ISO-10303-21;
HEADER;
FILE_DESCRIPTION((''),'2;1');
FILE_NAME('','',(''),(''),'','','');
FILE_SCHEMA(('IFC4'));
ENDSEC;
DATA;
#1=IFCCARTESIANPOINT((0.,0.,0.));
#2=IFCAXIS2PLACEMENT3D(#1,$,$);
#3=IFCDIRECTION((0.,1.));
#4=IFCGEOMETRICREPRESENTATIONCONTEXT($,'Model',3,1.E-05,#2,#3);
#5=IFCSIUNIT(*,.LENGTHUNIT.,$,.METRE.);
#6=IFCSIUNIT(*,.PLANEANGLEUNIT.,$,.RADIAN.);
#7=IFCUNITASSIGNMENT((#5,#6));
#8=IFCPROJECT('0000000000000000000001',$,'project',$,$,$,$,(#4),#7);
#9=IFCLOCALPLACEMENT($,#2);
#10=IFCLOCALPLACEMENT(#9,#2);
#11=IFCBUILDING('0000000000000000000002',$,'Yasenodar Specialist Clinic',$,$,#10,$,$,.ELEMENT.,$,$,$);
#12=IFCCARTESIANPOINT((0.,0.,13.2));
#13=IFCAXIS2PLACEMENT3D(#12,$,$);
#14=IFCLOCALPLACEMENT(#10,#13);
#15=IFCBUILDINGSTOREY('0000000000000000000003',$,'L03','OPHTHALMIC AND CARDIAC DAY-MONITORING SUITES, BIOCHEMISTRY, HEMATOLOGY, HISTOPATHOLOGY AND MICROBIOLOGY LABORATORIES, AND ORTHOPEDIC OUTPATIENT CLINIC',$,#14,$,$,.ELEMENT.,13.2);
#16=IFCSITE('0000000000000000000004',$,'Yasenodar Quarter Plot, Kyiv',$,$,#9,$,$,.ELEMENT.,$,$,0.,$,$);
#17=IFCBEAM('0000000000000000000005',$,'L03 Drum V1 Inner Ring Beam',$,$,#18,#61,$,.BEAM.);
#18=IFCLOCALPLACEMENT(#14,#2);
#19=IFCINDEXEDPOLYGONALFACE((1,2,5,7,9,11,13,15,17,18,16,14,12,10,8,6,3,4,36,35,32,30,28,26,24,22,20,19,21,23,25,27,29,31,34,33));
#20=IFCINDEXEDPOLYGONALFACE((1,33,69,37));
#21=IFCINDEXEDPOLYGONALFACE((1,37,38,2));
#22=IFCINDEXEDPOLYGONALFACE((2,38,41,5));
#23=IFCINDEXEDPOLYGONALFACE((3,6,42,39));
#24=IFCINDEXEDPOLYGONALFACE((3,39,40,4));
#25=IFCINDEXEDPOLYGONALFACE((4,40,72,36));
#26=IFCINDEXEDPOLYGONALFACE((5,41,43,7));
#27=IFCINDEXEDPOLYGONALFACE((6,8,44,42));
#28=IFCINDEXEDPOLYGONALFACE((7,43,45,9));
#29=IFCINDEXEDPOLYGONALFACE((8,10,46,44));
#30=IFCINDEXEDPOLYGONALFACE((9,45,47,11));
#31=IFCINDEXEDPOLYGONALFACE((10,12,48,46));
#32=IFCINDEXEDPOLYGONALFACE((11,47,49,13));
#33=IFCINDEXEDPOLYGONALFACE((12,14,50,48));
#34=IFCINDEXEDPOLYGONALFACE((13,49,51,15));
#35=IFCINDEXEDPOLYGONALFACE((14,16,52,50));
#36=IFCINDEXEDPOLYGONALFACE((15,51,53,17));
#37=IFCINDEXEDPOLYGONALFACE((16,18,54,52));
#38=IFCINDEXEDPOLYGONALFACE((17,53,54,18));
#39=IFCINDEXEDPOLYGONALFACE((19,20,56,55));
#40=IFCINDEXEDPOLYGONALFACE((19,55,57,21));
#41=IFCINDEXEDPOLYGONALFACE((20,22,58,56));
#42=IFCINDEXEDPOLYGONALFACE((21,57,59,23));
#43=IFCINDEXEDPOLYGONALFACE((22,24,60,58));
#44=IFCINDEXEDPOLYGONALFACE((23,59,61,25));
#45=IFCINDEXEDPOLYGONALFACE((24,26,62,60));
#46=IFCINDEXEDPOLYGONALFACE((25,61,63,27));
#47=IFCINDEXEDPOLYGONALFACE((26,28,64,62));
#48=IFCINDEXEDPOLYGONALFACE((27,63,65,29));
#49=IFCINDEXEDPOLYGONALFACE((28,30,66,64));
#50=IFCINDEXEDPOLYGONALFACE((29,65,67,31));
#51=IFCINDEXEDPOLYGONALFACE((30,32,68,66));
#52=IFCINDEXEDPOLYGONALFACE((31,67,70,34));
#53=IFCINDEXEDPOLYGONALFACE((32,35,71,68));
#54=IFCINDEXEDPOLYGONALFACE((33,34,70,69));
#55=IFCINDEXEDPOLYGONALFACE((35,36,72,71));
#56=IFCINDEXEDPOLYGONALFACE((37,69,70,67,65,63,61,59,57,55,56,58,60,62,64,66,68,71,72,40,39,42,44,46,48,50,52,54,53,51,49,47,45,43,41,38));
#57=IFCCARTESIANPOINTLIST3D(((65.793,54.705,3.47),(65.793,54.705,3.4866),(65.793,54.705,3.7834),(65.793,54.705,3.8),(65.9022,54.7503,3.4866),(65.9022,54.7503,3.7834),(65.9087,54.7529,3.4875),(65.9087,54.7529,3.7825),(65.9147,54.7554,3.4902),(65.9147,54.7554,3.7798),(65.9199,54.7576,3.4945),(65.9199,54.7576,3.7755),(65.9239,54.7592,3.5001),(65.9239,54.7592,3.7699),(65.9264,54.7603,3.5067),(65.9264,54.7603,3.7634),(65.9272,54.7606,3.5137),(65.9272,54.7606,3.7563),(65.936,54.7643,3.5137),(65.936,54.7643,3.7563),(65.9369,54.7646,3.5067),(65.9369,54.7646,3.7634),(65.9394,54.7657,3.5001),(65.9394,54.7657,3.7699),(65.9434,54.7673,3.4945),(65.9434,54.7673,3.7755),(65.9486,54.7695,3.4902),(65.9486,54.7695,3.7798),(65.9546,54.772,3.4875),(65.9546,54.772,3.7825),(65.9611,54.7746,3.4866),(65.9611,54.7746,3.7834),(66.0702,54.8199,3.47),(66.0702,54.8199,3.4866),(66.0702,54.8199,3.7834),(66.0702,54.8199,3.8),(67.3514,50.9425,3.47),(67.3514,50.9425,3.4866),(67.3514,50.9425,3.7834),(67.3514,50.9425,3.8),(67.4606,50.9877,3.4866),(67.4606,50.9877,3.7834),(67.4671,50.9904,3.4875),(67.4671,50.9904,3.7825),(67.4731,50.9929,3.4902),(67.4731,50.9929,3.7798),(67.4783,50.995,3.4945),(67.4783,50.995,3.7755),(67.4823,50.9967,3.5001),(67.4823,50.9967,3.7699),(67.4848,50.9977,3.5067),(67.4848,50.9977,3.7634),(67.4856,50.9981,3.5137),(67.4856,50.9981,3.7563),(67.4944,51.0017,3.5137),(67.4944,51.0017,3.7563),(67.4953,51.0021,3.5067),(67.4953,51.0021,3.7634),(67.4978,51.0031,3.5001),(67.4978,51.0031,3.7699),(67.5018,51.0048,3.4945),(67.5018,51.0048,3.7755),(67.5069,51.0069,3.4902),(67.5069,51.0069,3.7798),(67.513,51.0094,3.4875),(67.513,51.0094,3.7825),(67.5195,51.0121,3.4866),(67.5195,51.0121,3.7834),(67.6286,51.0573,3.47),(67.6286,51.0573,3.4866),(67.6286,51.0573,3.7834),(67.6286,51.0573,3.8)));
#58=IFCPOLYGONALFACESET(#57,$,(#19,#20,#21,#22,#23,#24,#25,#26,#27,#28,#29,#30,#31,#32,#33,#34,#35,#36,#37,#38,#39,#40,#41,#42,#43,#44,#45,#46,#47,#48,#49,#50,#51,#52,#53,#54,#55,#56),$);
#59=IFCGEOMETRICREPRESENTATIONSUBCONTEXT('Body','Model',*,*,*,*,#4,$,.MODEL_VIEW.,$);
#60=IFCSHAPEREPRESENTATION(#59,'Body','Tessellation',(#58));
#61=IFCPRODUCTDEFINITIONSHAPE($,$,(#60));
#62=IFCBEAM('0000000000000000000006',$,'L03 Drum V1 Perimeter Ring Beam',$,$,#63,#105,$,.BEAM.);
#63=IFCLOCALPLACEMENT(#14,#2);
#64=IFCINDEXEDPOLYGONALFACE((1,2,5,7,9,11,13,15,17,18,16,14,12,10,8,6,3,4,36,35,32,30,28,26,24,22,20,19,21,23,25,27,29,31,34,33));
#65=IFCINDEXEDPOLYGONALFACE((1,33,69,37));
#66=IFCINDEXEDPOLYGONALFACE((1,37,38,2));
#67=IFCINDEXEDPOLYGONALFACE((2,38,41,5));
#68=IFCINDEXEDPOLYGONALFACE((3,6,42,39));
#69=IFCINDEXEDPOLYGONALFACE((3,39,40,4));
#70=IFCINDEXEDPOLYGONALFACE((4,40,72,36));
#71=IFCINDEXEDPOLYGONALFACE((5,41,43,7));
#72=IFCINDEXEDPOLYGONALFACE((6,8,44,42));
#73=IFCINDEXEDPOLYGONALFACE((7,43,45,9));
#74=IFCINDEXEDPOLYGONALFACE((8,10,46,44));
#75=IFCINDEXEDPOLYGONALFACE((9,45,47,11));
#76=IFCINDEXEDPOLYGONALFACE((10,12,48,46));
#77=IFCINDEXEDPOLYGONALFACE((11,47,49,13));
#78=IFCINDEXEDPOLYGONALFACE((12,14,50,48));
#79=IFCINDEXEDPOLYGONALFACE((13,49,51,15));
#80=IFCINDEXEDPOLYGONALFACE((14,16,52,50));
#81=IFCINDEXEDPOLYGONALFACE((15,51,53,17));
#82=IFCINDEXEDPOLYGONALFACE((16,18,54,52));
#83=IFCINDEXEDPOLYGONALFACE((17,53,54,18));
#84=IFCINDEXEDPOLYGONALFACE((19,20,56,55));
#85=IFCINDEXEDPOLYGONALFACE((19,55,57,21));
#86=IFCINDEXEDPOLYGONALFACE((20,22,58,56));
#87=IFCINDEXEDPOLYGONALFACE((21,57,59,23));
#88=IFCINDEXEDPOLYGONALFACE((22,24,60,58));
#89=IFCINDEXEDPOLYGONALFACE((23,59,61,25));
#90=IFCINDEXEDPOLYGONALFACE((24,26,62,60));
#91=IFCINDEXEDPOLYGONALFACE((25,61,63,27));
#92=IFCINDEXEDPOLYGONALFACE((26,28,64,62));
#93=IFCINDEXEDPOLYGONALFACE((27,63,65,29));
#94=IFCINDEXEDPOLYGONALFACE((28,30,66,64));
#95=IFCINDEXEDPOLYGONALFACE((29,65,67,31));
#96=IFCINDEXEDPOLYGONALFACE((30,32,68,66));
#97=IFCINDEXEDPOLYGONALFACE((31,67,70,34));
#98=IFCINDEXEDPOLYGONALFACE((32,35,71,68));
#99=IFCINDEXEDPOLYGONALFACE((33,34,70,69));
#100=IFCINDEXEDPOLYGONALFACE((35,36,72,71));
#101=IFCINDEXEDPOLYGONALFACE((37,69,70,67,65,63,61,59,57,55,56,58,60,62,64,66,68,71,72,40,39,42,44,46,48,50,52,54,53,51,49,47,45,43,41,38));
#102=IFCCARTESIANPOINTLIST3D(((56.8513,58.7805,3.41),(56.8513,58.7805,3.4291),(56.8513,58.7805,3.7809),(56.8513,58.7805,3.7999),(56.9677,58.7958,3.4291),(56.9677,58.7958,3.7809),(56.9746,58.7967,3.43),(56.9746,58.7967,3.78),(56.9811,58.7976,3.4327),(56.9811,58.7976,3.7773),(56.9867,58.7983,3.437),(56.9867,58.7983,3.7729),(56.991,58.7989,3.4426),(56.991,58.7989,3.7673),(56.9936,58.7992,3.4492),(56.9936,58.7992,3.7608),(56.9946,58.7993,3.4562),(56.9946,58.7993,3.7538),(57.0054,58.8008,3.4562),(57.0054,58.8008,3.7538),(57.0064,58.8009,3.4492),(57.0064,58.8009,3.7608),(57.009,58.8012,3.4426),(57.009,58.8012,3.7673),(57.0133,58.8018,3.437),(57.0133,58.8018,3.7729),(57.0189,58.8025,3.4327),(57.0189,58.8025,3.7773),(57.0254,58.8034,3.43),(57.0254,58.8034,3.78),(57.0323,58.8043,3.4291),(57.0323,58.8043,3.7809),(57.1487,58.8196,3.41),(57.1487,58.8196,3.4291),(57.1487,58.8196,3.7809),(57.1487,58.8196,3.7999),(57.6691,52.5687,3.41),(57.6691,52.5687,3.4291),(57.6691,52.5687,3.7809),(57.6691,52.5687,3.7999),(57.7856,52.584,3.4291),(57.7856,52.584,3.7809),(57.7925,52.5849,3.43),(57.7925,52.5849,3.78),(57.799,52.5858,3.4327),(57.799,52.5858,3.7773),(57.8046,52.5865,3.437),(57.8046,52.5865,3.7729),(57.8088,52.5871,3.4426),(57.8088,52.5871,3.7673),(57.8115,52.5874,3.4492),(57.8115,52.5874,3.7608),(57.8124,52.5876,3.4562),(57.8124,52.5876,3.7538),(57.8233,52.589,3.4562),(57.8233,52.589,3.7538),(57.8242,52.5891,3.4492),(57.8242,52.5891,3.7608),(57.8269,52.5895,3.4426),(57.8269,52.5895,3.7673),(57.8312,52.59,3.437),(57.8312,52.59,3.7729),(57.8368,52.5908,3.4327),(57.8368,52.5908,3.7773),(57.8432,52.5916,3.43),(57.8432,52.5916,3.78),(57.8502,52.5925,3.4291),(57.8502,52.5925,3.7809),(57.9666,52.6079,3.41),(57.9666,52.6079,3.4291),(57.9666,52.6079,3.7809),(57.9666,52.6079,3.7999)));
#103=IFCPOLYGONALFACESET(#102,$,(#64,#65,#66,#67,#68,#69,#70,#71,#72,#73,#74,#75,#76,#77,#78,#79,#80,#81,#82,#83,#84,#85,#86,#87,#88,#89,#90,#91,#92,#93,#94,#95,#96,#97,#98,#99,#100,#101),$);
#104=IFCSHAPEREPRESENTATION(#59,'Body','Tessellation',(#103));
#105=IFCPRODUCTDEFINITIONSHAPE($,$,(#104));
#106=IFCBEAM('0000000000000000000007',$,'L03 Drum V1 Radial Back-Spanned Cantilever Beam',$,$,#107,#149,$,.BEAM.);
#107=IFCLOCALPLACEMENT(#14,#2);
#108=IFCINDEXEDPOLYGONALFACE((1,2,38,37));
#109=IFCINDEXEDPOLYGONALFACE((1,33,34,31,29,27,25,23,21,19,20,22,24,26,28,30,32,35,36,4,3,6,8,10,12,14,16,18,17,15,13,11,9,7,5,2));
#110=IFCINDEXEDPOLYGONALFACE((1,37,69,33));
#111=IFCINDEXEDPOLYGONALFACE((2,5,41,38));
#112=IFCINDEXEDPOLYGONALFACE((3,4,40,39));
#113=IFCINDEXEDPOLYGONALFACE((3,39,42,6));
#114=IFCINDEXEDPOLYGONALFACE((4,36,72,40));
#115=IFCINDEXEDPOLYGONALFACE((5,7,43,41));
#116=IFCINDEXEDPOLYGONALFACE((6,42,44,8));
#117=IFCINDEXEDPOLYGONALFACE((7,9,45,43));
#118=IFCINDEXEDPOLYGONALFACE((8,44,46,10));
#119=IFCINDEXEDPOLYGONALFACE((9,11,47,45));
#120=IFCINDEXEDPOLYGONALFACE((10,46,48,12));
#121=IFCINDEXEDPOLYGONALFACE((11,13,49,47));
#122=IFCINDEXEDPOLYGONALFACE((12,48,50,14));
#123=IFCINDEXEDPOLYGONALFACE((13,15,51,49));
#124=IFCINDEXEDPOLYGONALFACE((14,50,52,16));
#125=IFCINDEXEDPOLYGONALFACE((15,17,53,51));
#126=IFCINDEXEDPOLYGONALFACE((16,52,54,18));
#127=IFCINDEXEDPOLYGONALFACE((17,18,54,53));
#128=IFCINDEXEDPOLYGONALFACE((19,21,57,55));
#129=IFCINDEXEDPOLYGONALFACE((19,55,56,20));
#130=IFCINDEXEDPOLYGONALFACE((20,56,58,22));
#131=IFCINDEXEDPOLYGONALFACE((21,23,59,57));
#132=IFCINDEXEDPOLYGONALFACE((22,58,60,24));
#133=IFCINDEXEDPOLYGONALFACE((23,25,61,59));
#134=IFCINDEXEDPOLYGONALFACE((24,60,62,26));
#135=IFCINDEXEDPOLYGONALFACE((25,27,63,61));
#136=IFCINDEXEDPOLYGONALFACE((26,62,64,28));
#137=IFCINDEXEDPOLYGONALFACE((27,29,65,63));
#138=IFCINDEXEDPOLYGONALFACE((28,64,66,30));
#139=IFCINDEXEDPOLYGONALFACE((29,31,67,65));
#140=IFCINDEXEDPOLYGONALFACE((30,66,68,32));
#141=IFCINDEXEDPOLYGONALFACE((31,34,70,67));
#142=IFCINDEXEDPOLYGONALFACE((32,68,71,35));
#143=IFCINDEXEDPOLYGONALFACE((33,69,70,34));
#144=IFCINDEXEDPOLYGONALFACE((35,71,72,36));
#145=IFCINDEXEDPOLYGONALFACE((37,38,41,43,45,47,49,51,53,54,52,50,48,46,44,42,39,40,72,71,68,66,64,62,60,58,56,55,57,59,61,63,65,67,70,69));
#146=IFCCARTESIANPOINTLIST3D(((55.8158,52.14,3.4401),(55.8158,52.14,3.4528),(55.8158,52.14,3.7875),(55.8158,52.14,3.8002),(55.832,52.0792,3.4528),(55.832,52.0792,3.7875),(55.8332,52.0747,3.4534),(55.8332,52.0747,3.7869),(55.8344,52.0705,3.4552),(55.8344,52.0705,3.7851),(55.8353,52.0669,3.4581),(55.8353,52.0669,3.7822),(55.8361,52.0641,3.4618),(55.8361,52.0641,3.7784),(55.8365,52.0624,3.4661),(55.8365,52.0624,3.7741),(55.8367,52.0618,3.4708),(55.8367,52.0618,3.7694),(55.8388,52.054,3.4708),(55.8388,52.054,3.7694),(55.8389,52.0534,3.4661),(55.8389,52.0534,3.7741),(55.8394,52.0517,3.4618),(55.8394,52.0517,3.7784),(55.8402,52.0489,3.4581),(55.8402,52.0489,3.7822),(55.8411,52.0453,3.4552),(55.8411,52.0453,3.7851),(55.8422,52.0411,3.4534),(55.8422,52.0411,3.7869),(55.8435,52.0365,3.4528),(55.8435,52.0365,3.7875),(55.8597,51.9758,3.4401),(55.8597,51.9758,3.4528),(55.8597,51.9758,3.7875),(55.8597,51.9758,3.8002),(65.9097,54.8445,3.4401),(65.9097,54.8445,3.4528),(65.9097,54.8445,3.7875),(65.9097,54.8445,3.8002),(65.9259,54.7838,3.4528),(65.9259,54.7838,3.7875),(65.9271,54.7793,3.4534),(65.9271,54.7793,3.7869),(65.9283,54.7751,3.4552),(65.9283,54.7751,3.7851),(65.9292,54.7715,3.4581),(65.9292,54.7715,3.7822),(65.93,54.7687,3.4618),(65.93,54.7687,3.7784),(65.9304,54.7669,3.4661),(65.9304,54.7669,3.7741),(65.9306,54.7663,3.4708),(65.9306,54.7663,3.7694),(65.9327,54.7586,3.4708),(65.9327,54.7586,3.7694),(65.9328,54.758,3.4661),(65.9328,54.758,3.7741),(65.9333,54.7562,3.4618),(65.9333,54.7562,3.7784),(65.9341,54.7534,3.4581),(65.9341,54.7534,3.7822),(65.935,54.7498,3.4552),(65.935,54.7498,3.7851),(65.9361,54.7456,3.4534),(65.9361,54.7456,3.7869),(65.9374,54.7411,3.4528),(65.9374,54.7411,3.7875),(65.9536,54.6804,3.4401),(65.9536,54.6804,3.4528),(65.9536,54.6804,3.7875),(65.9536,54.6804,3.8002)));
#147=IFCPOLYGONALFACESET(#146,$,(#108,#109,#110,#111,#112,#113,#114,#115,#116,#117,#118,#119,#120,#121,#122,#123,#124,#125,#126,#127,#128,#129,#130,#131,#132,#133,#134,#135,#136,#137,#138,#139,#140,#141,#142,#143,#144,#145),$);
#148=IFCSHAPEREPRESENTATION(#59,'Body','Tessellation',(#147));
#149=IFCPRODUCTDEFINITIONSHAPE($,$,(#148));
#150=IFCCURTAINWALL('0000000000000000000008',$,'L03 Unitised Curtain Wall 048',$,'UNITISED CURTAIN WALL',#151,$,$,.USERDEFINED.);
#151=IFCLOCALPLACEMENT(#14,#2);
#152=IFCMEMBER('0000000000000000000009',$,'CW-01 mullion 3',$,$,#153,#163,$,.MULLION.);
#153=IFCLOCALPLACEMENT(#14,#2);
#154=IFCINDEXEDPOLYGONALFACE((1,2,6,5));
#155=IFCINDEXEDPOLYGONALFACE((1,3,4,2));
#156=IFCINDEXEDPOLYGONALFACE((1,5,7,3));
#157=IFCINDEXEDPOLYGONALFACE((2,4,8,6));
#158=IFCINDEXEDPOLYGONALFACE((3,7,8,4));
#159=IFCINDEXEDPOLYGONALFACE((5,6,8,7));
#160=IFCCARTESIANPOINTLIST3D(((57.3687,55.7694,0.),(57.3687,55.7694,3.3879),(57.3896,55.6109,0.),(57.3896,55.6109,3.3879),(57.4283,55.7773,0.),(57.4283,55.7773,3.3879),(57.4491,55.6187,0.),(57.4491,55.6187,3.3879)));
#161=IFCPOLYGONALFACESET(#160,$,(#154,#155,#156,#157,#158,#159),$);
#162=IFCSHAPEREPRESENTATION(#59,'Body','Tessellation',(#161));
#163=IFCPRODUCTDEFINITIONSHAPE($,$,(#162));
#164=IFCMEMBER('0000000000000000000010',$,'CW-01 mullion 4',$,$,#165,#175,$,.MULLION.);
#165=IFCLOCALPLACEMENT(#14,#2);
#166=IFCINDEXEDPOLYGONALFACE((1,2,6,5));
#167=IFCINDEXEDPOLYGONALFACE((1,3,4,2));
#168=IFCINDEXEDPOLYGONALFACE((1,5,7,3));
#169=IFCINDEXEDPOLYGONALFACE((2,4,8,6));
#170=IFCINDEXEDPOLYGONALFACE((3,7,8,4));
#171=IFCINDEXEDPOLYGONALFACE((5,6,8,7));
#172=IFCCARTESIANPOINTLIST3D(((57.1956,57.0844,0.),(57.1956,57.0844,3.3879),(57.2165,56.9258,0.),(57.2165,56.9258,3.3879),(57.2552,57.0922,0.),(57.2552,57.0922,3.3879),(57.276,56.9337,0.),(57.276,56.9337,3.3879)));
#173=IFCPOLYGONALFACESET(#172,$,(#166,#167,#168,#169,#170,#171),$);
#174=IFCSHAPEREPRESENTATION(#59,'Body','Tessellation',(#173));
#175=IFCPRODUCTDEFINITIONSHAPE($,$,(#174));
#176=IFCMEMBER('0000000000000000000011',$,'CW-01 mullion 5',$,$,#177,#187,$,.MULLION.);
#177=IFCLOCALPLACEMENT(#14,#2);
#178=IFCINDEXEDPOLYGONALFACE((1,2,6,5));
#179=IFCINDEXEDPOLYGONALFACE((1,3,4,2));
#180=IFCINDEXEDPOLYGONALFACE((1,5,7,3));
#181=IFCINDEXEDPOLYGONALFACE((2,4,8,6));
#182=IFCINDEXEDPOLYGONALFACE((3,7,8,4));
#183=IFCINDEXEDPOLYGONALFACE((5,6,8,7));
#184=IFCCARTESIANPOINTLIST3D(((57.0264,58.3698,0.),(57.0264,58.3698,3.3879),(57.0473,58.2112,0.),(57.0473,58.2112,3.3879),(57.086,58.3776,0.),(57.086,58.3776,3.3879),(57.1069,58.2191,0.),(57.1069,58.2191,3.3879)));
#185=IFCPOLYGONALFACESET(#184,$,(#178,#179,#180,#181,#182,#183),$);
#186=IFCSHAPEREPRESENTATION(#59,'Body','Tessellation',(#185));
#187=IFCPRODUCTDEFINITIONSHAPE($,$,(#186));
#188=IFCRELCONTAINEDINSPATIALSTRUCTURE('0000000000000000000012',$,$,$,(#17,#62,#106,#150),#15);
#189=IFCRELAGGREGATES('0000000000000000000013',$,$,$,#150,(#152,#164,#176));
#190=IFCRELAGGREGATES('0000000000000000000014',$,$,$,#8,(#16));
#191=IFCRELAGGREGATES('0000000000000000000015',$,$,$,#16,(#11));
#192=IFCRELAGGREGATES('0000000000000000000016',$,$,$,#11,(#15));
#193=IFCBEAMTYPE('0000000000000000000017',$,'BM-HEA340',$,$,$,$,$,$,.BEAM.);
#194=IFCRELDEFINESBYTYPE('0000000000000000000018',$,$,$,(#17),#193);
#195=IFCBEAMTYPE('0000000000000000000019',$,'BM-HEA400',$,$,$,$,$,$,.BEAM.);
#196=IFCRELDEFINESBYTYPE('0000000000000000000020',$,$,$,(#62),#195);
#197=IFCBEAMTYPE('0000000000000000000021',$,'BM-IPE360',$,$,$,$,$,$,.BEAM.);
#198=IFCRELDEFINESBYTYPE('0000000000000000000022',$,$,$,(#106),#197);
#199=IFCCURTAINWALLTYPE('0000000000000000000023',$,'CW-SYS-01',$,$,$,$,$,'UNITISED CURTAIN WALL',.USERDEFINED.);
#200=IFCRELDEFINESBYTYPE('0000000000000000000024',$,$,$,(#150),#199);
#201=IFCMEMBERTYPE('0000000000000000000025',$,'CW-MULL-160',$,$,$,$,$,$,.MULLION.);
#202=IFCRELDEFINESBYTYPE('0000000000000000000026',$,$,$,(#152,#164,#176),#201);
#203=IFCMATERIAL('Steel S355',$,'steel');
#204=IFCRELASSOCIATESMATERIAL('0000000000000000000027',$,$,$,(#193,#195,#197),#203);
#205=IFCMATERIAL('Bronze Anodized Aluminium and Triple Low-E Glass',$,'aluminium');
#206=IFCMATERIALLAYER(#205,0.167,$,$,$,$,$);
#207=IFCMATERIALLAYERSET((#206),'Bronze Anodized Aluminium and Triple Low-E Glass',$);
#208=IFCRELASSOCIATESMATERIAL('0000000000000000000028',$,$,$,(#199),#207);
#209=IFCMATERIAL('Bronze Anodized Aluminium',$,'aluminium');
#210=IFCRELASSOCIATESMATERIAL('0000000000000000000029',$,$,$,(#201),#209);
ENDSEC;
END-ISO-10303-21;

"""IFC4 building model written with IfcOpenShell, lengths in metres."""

from ifc_helpers import new_model, si_unit, direction, frame, origin, origin_2d, place, context, subcontext, project, spatial, rectangle, i_section, extrude, material, layer, layer_set, material_profile, profile_set, type_object, element, aggregate, save


model = new_model("IFC4")

# Units and contexts
model_context = context("Model", 3, precision=1e-05, world=origin(), true_north=direction((0.0, 1.0)))
body_context = subcontext(model_context, "Body", "Model", "MODEL_VIEW")
ifc_project = project(units=[si_unit("LENGTHUNIT", "METRE"), si_unit("PLANEANGLEUNIT", "RADIAN")], contexts=[model_context])

# Site, building, storey
site_placement = place(None, origin())
site = spatial("IfcSite", under=ifc_project, at=site_placement, Name="Yasenodar Quarter Plot, Kyiv", CompositionType="ELEMENT", RefElevation=0.0)
building_placement = place(site_placement, origin())
building = spatial("IfcBuilding", under=site, at=building_placement, Name="Yasenodar Specialist Clinic", CompositionType="ELEMENT")
storey_placement = place(building_placement, frame((0.0, 0.0, 13.2)))
storey = spatial("IfcBuildingStorey", under=building, at=storey_placement, Name="L03", Description="OPHTHALMIC AND CARDIAC DAY-MONITORING SUITES, BIOCHEMISTRY, HEMATOLOGY, HISTOPATHOLOGY AND MICROBIOLOGY LABORATORIES, AND ORTHOPEDIC OUTPATIENT CLINIC", CompositionType="ELEMENT", Elevation=13.2)

# Shared definitions
ifc_material_1 = material(Name="Steel S355", Category="steel")

# Beams
ifc_material_profile_1 = material_profile(ifc_material_1, i_section(OverallWidth=0.3, OverallDepth=0.3301, WebThickness=0.0095, FlangeThickness=0.0166, FilletRadius=0.0271, at=origin_2d()), Name="HEA 340")
ifc_profile_set_1 = profile_set([ifc_material_profile_1], Name="Steel S355")
beam_type_1 = type_object("IfcBeamType", Name="BM-HEA340", PredefinedType="BEAM", material=ifc_profile_set_1)
beam_1_placement = place(storey_placement, frame((65.9316, 54.7625, 3.635), z_axis=(0.382661, -0.923889, 0.0), x_axis=(0.923889, 0.382661, 0.0)))
element("IfcBeam", 1, at=beam_1_placement, inside=storey, type_object=beam_type_1, Name="L03 Drum V1 Inner Ring Beam", PredefinedType="BEAM", context=body_context, shape_type="SweptSolid", body=[
    extrude(i_section(OverallWidth=0.3, OverallDepth=0.3301, WebThickness=0.0095, FlangeThickness=0.0166, FilletRadius=0.0271, at=origin_2d()), origin(), (0.0, 0.0, 1.0), 4.0725),
])
ifc_material_profile_2 = material_profile(ifc_material_1, i_section(OverallWidth=0.3, OverallDepth=0.3899, WebThickness=0.011, FlangeThickness=0.019, FilletRadius=0.0271, at=origin_2d()), Name="HEA 400")
ifc_profile_set_2 = profile_set([ifc_material_profile_2], Name="Steel S355")
beam_type_2 = type_object("IfcBeamType", Name="BM-HEA400", PredefinedType="BEAM", material=ifc_profile_set_2)
beam_2_placement = place(storey_placement, frame((57.0, 58.8, 3.605), z_axis=(0.13054, -0.991443, 0.0), x_axis=(0.991443, 0.13054, 0.0)))
element("IfcBeam", 2, at=beam_2_placement, inside=storey, type_object=beam_type_2, Name="L03 Drum V1 Perimeter Ring Beam", PredefinedType="BEAM", context=body_context, shape_type="SweptSolid", body=[
    extrude(i_section(OverallWidth=0.3, OverallDepth=0.3899, WebThickness=0.011, FlangeThickness=0.019, FilletRadius=0.0271, at=origin_2d()), origin(), (0.0, 0.0, 1.0), 6.2654),
])
ifc_material_profile_3 = material_profile(ifc_material_1, i_section(OverallWidth=0.1699, OverallDepth=0.3601, WebThickness=0.0081, FlangeThickness=0.0127, FilletRadius=0.0181, at=origin_2d()), Name="IPE 360")
ifc_profile_set_3 = profile_set([ifc_material_profile_3], Name="Steel S355")
beam_type_3 = type_object("IfcBeamType", Name="BM-IPE360", PredefinedType="BEAM", material=ifc_profile_set_3)
beam_3_placement = place(storey_placement, frame((65.9316, 54.7625, 3.6201), z_axis=(-0.965928, -0.258811, 0.0), x_axis=(0.258811, -0.965928, 0.0)))
element("IfcBeam", 3, at=beam_3_placement, inside=storey, type_object=beam_type_3, Name="L03 Drum V1 Radial Back-Spanned Cantilever Beam", PredefinedType="BEAM", context=body_context, shape_type="SweptSolid", body=[
    extrude(i_section(OverallWidth=0.1699, OverallDepth=0.3601, WebThickness=0.0081, FlangeThickness=0.0127, FilletRadius=0.0181, at=origin_2d()), origin(), (0.0, 0.0, 1.0), 10.45),
])

# Curtain wall, members
ifc_material_2 = material(Name="Bronze Anodized Aluminium and Triple Low-E Glass", Category="aluminium")
ifc_layer_1 = layer(ifc_material_2, 0.167)
ifc_layer_set_1 = layer_set([ifc_layer_1], Name="Bronze Anodized Aluminium and Triple Low-E Glass")
curtain_wall_type = type_object("IfcCurtainWallType", Name="CW-SYS-01", ElementType="UNITISED CURTAIN WALL", PredefinedType="USERDEFINED", material=ifc_layer_set_1)
curtain_wall_placement = place(storey_placement, origin())
curtain_wall = element("IfcCurtainWall", 4, at=curtain_wall_placement, inside=storey, type_object=curtain_wall_type, Name="L03 Unitised Curtain Wall 048", ObjectType="UNITISED CURTAIN WALL", PredefinedType="USERDEFINED")
ifc_material_3 = material(Name="Bronze Anodized Aluminium", Category="aluminium")
ifc_material_profile_4 = material_profile(ifc_material_3, rectangle(XDim=0.0601, YDim=0.1599, at=origin_2d()), Name="CW-MULL 60x160")
ifc_profile_set_4 = profile_set([ifc_material_profile_4], Name="Bronze Anodized Aluminium")
member_type_1 = type_object("IfcMemberType", Name="CW-MULL-160", PredefinedType="MULLION", material=ifc_profile_set_4)
member_1_placement = place(storey_placement, frame((57.4089, 55.6941, 0.0), z_axis=(0.0, 0.0, 1.0), x_axis=(-0.991447, -0.130512, 0.0)))
member_1 = element("IfcMember", 5, at=member_1_placement, type_object=member_type_1, Name="CW-01 mullion 3", PredefinedType="MULLION", context=body_context, shape_type="SweptSolid", body=[
    extrude(rectangle(XDim=0.0601, YDim=0.1599, at=origin_2d()), origin(), (0.0, 0.0, 1.0), 3.3879),
])
member_2_placement = place(storey_placement, frame((57.2358, 57.009, 0.0), z_axis=(0.0, 0.0, 1.0), x_axis=(-0.991447, -0.130512, 0.0)))
member_2 = element("IfcMember", 6, at=member_2_placement, type_object=member_type_1, Name="CW-01 mullion 4", PredefinedType="MULLION", context=body_context, shape_type="SweptSolid", body=[
    extrude(rectangle(XDim=0.0601, YDim=0.1599, at=origin_2d()), origin(), (0.0, 0.0, 1.0), 3.3879),
])
member_3_placement = place(storey_placement, frame((57.0667, 58.2944, 0.0), z_axis=(0.0, 0.0, 1.0), x_axis=(-0.991447, -0.130512, 0.0)))
member_3 = element("IfcMember", 7, at=member_3_placement, type_object=member_type_1, Name="CW-01 mullion 5", PredefinedType="MULLION", context=body_context, shape_type="SweptSolid", body=[
    extrude(rectangle(XDim=0.0601, YDim=0.1599, at=origin_2d()), origin(), (0.0, 0.0, 1.0), 3.3879),
])
aggregate(curtain_wall, [member_1, member_2, member_3])

save(model, "model.ifc")
